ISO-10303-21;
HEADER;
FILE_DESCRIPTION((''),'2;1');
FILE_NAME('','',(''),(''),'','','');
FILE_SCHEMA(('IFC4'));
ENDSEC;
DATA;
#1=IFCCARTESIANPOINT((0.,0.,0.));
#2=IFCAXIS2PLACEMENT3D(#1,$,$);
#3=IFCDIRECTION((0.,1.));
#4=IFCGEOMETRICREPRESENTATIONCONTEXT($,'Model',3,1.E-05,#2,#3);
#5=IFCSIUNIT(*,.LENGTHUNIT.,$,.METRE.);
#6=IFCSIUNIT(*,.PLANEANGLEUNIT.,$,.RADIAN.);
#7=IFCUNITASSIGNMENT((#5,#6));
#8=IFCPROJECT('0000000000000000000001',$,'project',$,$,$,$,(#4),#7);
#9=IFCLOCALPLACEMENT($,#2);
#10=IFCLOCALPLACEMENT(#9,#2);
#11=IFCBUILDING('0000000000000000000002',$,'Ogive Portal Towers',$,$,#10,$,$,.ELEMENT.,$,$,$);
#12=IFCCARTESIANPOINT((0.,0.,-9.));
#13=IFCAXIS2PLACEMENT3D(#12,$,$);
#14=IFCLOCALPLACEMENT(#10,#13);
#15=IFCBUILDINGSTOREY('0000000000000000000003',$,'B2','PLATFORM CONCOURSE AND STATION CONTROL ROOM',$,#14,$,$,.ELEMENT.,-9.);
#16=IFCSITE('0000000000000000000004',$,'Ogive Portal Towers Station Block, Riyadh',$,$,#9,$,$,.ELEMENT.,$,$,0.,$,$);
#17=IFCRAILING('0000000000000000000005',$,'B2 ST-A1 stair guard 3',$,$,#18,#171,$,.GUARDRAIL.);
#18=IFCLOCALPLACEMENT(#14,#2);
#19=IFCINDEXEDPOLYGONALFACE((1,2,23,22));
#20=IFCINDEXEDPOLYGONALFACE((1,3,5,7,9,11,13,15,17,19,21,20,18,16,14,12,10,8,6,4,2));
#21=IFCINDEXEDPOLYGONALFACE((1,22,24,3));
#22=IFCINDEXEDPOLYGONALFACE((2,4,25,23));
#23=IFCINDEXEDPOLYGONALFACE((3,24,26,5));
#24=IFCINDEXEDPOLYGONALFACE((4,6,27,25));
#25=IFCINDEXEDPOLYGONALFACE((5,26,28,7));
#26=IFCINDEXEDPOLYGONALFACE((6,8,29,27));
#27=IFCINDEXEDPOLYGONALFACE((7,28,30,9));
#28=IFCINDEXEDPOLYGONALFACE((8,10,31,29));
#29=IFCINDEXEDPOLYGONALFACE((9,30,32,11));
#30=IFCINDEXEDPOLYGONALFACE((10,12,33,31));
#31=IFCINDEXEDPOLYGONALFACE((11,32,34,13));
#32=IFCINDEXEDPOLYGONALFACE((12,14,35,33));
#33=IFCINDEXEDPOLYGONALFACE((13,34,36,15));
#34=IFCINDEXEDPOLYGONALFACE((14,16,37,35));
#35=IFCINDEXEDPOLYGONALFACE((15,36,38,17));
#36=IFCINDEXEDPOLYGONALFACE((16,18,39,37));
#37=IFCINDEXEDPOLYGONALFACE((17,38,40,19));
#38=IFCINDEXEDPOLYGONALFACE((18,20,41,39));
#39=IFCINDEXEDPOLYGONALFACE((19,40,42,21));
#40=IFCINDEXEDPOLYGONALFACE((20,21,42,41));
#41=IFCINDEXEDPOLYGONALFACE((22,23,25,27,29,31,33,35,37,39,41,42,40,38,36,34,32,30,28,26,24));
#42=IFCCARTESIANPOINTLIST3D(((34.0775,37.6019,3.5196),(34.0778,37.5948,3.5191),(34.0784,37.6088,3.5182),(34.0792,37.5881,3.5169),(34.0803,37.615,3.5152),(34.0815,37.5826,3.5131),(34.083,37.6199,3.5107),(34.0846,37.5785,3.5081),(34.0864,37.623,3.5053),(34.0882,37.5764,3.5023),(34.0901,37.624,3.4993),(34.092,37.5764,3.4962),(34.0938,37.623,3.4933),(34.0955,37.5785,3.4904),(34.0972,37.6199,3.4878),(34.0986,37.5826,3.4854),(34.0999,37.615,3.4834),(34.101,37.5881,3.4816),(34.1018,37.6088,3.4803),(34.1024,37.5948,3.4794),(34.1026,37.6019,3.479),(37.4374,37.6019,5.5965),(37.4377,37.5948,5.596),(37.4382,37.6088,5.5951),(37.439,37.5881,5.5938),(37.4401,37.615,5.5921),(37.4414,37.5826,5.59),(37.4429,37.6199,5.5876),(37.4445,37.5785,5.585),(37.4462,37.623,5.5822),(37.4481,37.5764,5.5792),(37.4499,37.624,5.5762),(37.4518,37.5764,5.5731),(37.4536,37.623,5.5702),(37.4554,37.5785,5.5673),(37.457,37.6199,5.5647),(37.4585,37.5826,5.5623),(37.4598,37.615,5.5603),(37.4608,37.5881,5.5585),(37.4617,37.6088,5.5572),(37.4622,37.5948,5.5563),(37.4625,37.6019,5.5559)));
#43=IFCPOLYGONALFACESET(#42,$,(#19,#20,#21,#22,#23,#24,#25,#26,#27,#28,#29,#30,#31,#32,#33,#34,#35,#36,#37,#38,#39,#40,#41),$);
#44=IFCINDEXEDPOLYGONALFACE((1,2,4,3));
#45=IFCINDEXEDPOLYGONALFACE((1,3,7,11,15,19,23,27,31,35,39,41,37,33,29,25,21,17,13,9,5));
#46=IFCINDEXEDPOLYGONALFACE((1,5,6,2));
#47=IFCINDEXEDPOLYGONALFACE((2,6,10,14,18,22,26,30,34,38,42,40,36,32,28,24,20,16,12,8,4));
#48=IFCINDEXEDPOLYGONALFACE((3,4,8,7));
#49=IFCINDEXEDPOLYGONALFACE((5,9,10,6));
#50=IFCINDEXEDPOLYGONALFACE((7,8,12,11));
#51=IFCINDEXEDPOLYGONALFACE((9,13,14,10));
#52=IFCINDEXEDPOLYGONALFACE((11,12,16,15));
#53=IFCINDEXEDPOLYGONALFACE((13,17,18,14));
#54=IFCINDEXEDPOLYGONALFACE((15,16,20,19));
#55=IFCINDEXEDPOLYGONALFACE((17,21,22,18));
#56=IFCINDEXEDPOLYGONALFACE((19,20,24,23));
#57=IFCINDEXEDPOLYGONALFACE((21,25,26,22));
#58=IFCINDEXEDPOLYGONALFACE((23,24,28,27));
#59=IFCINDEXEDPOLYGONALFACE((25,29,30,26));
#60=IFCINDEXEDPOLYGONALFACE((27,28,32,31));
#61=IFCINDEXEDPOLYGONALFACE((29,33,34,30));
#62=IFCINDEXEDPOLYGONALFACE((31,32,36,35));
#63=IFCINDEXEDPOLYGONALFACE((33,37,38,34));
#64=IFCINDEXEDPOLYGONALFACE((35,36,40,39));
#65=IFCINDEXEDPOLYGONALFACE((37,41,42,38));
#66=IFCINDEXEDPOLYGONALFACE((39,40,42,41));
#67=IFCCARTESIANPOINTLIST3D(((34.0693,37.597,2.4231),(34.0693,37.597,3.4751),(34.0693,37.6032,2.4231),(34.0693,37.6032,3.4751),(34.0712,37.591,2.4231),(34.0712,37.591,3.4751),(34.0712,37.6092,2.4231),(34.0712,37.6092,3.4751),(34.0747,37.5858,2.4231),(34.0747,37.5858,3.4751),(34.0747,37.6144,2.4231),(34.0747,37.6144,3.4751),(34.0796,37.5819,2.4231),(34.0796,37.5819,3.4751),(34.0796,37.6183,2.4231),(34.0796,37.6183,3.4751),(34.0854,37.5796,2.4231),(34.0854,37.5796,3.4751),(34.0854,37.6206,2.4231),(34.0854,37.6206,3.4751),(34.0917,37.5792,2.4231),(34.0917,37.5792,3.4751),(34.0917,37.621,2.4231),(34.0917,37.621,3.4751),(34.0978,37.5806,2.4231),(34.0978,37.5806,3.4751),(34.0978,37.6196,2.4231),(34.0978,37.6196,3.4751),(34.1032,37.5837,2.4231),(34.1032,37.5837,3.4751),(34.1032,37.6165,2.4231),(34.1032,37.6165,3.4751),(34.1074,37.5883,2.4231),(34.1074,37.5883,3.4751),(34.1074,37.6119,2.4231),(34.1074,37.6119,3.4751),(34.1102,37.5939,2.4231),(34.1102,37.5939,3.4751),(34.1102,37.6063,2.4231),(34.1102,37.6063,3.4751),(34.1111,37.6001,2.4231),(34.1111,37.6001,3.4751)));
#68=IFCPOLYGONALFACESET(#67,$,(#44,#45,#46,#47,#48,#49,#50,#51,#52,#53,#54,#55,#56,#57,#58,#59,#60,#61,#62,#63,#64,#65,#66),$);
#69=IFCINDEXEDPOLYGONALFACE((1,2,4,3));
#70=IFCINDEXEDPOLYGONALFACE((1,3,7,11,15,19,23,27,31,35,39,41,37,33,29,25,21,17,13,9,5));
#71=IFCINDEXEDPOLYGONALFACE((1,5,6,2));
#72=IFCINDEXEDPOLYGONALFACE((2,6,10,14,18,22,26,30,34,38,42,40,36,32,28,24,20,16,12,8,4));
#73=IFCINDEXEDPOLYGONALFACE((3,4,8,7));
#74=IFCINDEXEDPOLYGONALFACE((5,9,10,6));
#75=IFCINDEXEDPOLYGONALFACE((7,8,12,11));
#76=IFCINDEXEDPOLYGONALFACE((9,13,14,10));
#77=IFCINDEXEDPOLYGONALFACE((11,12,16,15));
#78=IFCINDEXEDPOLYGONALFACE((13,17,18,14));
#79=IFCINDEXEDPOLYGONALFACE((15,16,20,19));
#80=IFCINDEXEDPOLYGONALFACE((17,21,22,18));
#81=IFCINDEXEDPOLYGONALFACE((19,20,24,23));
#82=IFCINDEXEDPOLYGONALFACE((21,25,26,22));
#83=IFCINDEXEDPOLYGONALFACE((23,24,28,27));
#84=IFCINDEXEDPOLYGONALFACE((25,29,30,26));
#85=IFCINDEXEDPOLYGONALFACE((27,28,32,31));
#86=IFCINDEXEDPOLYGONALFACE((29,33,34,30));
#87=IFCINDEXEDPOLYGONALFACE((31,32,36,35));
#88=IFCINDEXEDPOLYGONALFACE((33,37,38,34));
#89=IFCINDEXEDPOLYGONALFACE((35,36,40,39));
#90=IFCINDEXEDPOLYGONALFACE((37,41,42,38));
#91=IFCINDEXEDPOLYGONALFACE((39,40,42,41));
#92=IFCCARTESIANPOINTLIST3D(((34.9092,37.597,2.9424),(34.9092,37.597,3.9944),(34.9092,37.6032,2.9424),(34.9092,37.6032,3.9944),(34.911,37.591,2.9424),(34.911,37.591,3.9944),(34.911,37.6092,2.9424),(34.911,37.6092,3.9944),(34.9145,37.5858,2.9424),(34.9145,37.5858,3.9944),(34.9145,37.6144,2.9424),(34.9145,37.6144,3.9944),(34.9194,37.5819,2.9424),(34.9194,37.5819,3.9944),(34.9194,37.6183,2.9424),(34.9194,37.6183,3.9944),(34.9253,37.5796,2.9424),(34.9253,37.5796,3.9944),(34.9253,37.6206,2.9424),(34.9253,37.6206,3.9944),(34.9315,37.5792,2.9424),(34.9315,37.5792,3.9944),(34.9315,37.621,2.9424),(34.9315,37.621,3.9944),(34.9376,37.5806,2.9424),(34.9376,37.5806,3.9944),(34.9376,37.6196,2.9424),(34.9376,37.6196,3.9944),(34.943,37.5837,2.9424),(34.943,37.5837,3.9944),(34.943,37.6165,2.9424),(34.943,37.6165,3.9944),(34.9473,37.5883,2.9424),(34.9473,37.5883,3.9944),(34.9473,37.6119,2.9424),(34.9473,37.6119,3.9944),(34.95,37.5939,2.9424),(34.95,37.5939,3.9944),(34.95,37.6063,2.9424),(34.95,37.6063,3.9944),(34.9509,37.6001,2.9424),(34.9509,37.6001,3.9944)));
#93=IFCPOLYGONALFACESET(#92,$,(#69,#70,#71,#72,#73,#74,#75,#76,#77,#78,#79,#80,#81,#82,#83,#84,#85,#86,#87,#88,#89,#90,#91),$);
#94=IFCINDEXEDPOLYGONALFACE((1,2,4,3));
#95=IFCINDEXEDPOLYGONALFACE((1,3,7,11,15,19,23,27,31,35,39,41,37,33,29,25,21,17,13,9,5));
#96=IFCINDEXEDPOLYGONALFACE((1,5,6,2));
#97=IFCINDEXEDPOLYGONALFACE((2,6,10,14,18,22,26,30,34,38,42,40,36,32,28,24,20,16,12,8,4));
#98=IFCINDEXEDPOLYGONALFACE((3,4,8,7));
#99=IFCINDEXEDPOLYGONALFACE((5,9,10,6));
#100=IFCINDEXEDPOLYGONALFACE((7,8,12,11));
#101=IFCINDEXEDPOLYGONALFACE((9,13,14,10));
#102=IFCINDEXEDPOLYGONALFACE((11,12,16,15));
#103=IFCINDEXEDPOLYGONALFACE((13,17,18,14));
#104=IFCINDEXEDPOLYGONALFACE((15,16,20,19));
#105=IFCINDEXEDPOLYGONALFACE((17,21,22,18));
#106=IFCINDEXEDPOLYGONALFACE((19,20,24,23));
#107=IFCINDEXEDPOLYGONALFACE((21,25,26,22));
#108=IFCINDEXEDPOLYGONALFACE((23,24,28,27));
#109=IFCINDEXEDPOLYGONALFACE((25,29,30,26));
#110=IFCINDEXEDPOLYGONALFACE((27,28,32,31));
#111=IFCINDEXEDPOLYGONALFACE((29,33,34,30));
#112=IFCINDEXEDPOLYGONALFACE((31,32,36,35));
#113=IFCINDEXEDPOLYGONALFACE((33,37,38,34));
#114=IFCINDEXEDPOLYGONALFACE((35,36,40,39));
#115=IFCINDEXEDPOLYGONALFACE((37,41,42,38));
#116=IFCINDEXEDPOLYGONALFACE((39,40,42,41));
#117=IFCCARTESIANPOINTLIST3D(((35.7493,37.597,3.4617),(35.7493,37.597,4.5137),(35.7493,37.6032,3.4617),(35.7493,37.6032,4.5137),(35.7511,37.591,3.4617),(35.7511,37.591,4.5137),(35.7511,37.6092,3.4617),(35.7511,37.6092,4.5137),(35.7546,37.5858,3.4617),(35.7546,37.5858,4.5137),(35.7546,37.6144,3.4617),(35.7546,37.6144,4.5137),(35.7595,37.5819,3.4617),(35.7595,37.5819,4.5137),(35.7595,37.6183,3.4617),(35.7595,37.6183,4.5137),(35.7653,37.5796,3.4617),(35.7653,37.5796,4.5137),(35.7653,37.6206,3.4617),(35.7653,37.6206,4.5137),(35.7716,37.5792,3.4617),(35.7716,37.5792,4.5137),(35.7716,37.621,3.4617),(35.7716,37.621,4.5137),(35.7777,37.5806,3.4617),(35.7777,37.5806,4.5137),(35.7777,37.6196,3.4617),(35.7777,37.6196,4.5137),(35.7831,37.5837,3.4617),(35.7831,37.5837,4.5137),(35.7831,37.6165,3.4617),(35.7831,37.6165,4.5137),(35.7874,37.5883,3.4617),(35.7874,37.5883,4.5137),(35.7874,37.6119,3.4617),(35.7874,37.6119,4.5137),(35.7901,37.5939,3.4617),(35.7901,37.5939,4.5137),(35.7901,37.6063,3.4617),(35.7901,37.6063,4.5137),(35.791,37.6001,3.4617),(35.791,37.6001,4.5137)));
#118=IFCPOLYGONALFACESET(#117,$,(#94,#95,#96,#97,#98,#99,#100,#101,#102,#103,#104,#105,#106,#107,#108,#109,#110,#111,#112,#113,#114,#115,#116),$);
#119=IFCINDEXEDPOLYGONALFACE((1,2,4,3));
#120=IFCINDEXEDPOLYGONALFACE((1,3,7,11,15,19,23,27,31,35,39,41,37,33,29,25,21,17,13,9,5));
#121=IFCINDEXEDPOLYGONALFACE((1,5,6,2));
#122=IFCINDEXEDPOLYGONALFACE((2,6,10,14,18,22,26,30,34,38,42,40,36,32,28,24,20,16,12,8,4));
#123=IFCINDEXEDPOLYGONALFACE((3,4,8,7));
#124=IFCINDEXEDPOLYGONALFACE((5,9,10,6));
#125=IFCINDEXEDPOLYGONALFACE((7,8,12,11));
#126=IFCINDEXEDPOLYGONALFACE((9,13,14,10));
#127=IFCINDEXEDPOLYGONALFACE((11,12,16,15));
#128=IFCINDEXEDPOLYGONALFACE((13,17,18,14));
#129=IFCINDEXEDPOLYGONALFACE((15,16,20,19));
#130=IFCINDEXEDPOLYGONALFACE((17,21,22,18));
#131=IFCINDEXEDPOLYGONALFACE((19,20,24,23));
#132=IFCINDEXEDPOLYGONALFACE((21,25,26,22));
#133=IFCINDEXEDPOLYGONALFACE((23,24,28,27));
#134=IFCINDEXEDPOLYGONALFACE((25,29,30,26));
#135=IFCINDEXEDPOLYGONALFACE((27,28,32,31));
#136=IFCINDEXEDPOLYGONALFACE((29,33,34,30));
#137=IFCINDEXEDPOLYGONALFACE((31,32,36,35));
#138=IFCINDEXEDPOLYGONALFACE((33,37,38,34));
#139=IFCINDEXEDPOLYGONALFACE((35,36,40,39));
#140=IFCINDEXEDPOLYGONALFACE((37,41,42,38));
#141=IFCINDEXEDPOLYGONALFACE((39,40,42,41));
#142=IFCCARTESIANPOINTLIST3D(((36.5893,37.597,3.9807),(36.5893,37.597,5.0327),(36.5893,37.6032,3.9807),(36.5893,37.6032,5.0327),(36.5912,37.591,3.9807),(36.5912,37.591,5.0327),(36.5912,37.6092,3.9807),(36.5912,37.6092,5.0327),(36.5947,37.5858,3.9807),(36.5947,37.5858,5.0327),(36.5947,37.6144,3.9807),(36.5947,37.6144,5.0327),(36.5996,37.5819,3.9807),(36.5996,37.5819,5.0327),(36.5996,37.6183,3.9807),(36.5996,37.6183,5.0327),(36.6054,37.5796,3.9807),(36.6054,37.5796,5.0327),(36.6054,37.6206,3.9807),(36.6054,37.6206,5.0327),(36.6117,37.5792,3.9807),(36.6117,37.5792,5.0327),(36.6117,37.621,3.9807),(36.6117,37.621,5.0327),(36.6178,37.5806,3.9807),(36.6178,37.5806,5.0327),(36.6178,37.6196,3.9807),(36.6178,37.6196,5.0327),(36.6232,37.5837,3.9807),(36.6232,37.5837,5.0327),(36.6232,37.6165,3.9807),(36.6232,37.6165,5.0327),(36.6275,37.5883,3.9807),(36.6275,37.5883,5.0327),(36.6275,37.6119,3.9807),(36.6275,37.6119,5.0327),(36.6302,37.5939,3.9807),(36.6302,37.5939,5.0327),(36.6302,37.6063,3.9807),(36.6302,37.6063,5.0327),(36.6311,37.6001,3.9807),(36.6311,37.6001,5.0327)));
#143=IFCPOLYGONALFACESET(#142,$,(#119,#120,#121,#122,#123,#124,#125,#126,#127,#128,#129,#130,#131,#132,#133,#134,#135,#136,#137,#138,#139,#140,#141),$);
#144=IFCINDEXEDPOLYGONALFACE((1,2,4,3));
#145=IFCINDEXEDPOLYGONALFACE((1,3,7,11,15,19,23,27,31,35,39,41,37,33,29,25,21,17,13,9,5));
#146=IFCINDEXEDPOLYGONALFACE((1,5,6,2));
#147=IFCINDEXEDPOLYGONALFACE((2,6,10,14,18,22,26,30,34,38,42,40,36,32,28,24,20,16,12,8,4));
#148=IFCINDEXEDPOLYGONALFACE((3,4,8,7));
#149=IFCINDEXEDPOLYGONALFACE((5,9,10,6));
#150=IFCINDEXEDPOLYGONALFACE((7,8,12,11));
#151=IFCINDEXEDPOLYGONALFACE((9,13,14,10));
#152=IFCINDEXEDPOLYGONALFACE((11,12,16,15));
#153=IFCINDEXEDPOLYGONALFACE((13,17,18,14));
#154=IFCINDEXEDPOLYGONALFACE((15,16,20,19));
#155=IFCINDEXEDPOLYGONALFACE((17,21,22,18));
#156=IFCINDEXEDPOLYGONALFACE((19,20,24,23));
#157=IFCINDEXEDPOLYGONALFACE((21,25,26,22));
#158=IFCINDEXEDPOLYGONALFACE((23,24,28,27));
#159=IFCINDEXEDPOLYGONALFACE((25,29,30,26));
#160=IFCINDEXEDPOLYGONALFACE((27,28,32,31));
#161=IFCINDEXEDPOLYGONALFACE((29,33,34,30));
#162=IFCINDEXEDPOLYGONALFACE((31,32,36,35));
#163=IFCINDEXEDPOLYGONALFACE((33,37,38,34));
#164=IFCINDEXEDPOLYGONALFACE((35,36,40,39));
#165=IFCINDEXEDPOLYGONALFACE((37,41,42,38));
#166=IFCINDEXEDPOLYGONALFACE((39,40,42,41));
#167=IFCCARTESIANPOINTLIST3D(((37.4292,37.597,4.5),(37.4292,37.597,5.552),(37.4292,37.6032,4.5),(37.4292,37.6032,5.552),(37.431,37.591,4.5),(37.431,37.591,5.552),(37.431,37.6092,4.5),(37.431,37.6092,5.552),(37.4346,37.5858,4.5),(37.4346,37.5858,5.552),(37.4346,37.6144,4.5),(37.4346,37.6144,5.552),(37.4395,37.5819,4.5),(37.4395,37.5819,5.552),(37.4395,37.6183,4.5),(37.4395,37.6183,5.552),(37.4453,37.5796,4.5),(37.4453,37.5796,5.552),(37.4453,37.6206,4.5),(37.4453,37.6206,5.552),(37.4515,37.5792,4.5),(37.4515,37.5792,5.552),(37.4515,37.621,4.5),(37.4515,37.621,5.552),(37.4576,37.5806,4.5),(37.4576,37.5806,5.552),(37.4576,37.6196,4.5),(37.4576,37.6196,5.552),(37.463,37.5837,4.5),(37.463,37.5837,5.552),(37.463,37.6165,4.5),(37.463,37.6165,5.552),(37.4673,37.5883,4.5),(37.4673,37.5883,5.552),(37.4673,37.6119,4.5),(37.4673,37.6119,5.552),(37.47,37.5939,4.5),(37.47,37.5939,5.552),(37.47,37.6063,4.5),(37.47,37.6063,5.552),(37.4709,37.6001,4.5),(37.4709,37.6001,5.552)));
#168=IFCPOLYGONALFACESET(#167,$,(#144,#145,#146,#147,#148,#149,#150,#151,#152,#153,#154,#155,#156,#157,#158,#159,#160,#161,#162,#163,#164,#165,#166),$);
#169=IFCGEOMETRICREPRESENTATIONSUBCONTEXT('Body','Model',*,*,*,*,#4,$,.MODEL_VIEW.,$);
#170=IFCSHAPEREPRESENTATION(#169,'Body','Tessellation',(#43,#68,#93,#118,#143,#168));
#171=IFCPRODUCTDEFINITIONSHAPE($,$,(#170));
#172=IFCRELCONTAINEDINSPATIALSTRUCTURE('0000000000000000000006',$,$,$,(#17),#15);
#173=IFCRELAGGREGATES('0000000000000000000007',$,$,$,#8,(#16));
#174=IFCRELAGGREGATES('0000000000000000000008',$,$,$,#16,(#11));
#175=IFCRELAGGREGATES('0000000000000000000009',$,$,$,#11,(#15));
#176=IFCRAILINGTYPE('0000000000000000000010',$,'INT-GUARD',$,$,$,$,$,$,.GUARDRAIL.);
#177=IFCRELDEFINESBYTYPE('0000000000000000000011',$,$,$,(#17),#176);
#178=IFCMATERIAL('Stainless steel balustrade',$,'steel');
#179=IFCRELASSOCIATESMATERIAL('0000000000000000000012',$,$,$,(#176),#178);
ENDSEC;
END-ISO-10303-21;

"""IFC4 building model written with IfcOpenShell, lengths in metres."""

from ifc_helpers import new_model, si_unit, direction, frame, origin, origin_2d, place, context, subcontext, project, spatial, circle, extrude, material, type_object, element, save


model = new_model("IFC4")

# Units and contexts
model_context = context("Model", 3, precision=1e-05, world=origin(), true_north=direction((0.0, 1.0)))
body_context = subcontext(model_context, "Body", "Model", "MODEL_VIEW")
ifc_project = project(units=[si_unit("LENGTHUNIT", "METRE"), si_unit("PLANEANGLEUNIT", "RADIAN")], contexts=[model_context])

# Site, building, storey
site_placement = place(None, origin())
site = spatial("IfcSite", under=ifc_project, at=site_placement, Name="Ogive Portal Towers Station Block, Riyadh", CompositionType="ELEMENT", RefElevation=0.0)
building_placement = place(site_placement, origin())
building = spatial("IfcBuilding", under=site, at=building_placement, Name="Ogive Portal Towers", CompositionType="ELEMENT")
storey_placement = place(building_placement, frame((0.0, 0.0, -9.0)))
storey = spatial("IfcBuildingStorey", under=building, at=storey_placement, Name="B2", Description="PLATFORM CONCOURSE AND STATION CONTROL ROOM", CompositionType="ELEMENT", Elevation=-9.0)

# Railing
ifc_material_1 = material(Name="Stainless steel balustrade", Category="steel")
railing_type_1 = type_object("IfcRailingType", Name="INT-GUARD", PredefinedType="GUARDRAIL", material=ifc_material_1)
railing_1_placement = place(storey_placement, frame((34.0901, 37.6001, 2.4231)))
element("IfcRailing", 1, at=railing_1_placement, inside=storey, type_object=railing_type_1, Name="B2 ST-A1 stair guard 3", PredefinedType="GUARDRAIL", context=body_context, shape_type="SweptSolid", body=[
    extrude(circle(Radius=0.0239, at=origin_2d()), frame((0.0, 0.0, 1.0762), z_axis=(0.850606, 0.0, 0.525803), x_axis=(0.0, 1.0, 0.0)), (0.0, 0.0, 1.0), 3.95),
    extrude(circle(Radius=0.021, at=origin_2d()), origin(), (0.0, 0.0, 1.0), 1.052),
    extrude(circle(Radius=0.021, at=origin_2d()), frame((0.8398, 0.0, 0.5193)), (0.0, 0.0, 1.0), 1.052),
    extrude(circle(Radius=0.021, at=origin_2d()), frame((1.6799, 0.0, 1.0386)), (0.0, 0.0, 1.0), 1.052),
    extrude(circle(Radius=0.021, at=origin_2d()), frame((2.52, 0.0, 1.5576)), (0.0, 0.0, 1.0), 1.052),
    extrude(circle(Radius=0.021, at=origin_2d()), frame((3.3599, 0.0, 2.0769)), (0.0, 0.0, 1.0), 1.052),
])

save(model, "model.ifc")
